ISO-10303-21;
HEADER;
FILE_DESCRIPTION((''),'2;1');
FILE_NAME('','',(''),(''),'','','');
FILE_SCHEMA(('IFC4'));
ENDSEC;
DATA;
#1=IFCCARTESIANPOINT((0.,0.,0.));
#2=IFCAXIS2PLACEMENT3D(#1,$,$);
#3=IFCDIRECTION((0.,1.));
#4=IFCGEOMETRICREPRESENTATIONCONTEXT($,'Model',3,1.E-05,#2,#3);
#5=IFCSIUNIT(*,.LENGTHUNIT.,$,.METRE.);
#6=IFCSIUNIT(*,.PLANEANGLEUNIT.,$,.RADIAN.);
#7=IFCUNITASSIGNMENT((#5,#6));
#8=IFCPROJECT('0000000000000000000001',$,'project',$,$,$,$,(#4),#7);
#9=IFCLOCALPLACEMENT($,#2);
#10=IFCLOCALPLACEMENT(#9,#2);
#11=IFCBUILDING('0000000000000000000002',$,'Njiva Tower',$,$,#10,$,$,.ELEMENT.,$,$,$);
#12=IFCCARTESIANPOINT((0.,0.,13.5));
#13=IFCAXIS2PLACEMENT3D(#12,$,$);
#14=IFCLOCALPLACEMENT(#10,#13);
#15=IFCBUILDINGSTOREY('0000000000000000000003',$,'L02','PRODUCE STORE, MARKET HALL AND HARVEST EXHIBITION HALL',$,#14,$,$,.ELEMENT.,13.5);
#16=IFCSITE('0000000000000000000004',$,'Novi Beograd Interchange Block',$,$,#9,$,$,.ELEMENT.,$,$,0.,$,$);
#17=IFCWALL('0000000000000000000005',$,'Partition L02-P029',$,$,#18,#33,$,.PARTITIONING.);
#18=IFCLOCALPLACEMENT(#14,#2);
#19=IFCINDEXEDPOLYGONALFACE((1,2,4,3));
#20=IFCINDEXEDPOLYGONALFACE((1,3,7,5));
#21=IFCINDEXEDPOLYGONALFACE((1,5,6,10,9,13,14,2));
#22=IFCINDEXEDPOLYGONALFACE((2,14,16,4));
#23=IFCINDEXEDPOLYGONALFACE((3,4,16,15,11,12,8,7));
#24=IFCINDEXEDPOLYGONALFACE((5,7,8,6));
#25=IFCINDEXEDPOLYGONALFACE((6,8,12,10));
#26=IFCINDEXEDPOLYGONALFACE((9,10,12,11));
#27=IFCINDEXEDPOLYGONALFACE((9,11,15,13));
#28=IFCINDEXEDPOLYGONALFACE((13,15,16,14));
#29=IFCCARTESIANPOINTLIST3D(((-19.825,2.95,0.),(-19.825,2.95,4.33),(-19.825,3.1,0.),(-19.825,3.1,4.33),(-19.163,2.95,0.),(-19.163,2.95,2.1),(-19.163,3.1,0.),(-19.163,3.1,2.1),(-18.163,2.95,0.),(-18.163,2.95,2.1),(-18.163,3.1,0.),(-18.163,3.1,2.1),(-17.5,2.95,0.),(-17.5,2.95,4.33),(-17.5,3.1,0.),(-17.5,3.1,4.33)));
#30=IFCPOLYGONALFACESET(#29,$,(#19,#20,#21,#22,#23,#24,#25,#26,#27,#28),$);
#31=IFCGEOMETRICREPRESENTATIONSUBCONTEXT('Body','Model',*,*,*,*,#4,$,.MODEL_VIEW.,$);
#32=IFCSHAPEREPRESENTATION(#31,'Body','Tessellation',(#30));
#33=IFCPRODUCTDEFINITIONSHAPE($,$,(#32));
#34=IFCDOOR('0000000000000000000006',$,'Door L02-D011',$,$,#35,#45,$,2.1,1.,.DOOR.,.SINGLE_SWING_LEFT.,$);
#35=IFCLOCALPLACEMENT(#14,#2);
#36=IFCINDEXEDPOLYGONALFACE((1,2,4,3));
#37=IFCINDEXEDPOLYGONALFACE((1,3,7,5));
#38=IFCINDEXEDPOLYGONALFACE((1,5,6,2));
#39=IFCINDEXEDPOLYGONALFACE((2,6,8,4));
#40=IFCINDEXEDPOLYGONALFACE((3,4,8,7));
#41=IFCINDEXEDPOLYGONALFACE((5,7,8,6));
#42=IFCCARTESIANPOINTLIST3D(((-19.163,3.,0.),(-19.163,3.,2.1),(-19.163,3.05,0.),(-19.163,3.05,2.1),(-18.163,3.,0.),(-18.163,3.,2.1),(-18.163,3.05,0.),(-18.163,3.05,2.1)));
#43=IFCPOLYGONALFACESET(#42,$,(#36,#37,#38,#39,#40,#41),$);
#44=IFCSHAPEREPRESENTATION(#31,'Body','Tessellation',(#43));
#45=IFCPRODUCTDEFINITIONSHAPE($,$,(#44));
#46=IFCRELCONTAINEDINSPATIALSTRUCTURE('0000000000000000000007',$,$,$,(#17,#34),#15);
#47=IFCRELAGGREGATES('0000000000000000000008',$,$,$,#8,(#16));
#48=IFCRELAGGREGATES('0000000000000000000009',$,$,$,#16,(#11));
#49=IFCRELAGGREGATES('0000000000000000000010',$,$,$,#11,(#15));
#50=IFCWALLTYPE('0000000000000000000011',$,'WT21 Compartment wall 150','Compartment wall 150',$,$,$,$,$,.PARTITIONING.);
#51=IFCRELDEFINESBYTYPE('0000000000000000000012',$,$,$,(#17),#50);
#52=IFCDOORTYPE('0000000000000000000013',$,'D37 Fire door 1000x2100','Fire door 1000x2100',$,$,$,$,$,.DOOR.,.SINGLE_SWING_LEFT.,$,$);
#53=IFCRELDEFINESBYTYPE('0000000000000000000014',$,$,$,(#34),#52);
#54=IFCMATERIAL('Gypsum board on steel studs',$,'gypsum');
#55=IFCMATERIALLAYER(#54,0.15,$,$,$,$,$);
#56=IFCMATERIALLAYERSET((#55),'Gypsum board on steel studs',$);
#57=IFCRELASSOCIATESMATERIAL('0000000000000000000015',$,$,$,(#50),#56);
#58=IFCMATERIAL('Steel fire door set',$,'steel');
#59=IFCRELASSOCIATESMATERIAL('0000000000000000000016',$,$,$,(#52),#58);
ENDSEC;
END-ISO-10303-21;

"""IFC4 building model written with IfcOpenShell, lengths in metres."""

from ifc_helpers import new_model, si_unit, direction, frame, frame_2d, origin, place, context, subcontext, project, spatial, rectangle, extrude, material, layer, layer_set, type_object, element, fill, save


model = new_model("IFC4")

# Units and contexts
model_context = context("Model", 3, precision=1e-05, world=origin(), true_north=direction((0.0, 1.0)))
body_context = subcontext(model_context, "Body", "Model", "MODEL_VIEW")
ifc_project = project(units=[si_unit("LENGTHUNIT", "METRE"), si_unit("PLANEANGLEUNIT", "RADIAN")], contexts=[model_context])

# Site, building, storey
site_placement = place(None, origin())
site = spatial("IfcSite", under=ifc_project, at=site_placement, Name="Novi Beograd Interchange Block", CompositionType="ELEMENT", RefElevation=0.0)
building_placement = place(site_placement, origin())
building = spatial("IfcBuilding", under=site, at=building_placement, Name="Njiva Tower", CompositionType="ELEMENT")
storey_placement = place(building_placement, frame((0.0, 0.0, 13.5)))
storey = spatial("IfcBuildingStorey", under=building, at=storey_placement, Name="L02", Description="PRODUCE STORE, MARKET HALL AND HARVEST EXHIBITION HALL", CompositionType="ELEMENT", Elevation=13.5)

# Shared definitions
ifc_material_1 = material(Name="Gypsum board on steel studs", Category="gypsum")
ifc_layer = layer(ifc_material_1, 0.15)
ifc_layer_set = layer_set([ifc_layer], Name="Gypsum board on steel studs")
wall_type = type_object("IfcWallType", Name="WT21 Compartment wall 150", Description="Compartment wall 150", PredefinedType="PARTITIONING", material=ifc_layer_set)

# Shared definitions
ifc_material_2 = material(Name="Steel fire door set", Category="steel")

# Shared definitions
door_type_1 = type_object("IfcDoorType", Name="D37 Fire door 1000x2100", Description="Fire door 1000x2100", OperationType="SINGLE_SWING_LEFT", PredefinedType="DOOR", material=ifc_material_2)

# Wall, opening, door
wall_1_placement = place(storey_placement, frame((-19.825, 3.025, 0.0), z_axis=(0.0, 0.0, 1.0), x_axis=(1.0, 0.0, 0.0)))
wall_1 = element("IfcWall", 1, at=wall_1_placement, inside=storey, type_object=wall_type, Name="Partition L02-P029", PredefinedType="PARTITIONING", context=body_context, shape_type="SweptSolid", body=[
    extrude(rectangle(XDim=2.325, YDim=0.15, at=frame_2d((1.1625, 0.0))), origin(), (0.0, 0.0, 1.0), 4.33),
])
opening_1_placement = place(wall_1_placement, frame((0.662, 0.0, 0.0)))
opening_1 = element("IfcOpeningElement", 2, at=opening_1_placement, cuts=wall_1, PredefinedType="OPENING", context=body_context, shape_type="SweptSolid", body=[
    extrude(rectangle(XDim=1.0, YDim=2.1, at=frame_2d((0.5, 1.05))), frame((0.0, 0.085, 0.0), z_axis=(0.0, -1.0, 0.0), x_axis=(1.0, 0.0, 0.0)), (0.0, 0.0, 1.0), 0.17),
])
door_1_placement = place(opening_1_placement, origin())
door_1 = element("IfcDoor", 3, at=door_1_placement, inside=storey, type_object=door_type_1, Name="Door L02-D011", OperationType="SINGLE_SWING_LEFT", OverallHeight=2.1, OverallWidth=1.0, PredefinedType="DOOR", context=body_context, shape_type="SweptSolid", body=[
    extrude(rectangle(XDim=1.0, YDim=2.1, at=frame_2d((0.5, 1.05))), frame((0.0, 0.025, 0.0), z_axis=(0.0, -1.0, 0.0), x_axis=(1.0, 0.0, 0.0)), (0.0, 0.0, 1.0), 0.05),
])
fill(opening_1, door_1)

save(model, "model.ifc")
